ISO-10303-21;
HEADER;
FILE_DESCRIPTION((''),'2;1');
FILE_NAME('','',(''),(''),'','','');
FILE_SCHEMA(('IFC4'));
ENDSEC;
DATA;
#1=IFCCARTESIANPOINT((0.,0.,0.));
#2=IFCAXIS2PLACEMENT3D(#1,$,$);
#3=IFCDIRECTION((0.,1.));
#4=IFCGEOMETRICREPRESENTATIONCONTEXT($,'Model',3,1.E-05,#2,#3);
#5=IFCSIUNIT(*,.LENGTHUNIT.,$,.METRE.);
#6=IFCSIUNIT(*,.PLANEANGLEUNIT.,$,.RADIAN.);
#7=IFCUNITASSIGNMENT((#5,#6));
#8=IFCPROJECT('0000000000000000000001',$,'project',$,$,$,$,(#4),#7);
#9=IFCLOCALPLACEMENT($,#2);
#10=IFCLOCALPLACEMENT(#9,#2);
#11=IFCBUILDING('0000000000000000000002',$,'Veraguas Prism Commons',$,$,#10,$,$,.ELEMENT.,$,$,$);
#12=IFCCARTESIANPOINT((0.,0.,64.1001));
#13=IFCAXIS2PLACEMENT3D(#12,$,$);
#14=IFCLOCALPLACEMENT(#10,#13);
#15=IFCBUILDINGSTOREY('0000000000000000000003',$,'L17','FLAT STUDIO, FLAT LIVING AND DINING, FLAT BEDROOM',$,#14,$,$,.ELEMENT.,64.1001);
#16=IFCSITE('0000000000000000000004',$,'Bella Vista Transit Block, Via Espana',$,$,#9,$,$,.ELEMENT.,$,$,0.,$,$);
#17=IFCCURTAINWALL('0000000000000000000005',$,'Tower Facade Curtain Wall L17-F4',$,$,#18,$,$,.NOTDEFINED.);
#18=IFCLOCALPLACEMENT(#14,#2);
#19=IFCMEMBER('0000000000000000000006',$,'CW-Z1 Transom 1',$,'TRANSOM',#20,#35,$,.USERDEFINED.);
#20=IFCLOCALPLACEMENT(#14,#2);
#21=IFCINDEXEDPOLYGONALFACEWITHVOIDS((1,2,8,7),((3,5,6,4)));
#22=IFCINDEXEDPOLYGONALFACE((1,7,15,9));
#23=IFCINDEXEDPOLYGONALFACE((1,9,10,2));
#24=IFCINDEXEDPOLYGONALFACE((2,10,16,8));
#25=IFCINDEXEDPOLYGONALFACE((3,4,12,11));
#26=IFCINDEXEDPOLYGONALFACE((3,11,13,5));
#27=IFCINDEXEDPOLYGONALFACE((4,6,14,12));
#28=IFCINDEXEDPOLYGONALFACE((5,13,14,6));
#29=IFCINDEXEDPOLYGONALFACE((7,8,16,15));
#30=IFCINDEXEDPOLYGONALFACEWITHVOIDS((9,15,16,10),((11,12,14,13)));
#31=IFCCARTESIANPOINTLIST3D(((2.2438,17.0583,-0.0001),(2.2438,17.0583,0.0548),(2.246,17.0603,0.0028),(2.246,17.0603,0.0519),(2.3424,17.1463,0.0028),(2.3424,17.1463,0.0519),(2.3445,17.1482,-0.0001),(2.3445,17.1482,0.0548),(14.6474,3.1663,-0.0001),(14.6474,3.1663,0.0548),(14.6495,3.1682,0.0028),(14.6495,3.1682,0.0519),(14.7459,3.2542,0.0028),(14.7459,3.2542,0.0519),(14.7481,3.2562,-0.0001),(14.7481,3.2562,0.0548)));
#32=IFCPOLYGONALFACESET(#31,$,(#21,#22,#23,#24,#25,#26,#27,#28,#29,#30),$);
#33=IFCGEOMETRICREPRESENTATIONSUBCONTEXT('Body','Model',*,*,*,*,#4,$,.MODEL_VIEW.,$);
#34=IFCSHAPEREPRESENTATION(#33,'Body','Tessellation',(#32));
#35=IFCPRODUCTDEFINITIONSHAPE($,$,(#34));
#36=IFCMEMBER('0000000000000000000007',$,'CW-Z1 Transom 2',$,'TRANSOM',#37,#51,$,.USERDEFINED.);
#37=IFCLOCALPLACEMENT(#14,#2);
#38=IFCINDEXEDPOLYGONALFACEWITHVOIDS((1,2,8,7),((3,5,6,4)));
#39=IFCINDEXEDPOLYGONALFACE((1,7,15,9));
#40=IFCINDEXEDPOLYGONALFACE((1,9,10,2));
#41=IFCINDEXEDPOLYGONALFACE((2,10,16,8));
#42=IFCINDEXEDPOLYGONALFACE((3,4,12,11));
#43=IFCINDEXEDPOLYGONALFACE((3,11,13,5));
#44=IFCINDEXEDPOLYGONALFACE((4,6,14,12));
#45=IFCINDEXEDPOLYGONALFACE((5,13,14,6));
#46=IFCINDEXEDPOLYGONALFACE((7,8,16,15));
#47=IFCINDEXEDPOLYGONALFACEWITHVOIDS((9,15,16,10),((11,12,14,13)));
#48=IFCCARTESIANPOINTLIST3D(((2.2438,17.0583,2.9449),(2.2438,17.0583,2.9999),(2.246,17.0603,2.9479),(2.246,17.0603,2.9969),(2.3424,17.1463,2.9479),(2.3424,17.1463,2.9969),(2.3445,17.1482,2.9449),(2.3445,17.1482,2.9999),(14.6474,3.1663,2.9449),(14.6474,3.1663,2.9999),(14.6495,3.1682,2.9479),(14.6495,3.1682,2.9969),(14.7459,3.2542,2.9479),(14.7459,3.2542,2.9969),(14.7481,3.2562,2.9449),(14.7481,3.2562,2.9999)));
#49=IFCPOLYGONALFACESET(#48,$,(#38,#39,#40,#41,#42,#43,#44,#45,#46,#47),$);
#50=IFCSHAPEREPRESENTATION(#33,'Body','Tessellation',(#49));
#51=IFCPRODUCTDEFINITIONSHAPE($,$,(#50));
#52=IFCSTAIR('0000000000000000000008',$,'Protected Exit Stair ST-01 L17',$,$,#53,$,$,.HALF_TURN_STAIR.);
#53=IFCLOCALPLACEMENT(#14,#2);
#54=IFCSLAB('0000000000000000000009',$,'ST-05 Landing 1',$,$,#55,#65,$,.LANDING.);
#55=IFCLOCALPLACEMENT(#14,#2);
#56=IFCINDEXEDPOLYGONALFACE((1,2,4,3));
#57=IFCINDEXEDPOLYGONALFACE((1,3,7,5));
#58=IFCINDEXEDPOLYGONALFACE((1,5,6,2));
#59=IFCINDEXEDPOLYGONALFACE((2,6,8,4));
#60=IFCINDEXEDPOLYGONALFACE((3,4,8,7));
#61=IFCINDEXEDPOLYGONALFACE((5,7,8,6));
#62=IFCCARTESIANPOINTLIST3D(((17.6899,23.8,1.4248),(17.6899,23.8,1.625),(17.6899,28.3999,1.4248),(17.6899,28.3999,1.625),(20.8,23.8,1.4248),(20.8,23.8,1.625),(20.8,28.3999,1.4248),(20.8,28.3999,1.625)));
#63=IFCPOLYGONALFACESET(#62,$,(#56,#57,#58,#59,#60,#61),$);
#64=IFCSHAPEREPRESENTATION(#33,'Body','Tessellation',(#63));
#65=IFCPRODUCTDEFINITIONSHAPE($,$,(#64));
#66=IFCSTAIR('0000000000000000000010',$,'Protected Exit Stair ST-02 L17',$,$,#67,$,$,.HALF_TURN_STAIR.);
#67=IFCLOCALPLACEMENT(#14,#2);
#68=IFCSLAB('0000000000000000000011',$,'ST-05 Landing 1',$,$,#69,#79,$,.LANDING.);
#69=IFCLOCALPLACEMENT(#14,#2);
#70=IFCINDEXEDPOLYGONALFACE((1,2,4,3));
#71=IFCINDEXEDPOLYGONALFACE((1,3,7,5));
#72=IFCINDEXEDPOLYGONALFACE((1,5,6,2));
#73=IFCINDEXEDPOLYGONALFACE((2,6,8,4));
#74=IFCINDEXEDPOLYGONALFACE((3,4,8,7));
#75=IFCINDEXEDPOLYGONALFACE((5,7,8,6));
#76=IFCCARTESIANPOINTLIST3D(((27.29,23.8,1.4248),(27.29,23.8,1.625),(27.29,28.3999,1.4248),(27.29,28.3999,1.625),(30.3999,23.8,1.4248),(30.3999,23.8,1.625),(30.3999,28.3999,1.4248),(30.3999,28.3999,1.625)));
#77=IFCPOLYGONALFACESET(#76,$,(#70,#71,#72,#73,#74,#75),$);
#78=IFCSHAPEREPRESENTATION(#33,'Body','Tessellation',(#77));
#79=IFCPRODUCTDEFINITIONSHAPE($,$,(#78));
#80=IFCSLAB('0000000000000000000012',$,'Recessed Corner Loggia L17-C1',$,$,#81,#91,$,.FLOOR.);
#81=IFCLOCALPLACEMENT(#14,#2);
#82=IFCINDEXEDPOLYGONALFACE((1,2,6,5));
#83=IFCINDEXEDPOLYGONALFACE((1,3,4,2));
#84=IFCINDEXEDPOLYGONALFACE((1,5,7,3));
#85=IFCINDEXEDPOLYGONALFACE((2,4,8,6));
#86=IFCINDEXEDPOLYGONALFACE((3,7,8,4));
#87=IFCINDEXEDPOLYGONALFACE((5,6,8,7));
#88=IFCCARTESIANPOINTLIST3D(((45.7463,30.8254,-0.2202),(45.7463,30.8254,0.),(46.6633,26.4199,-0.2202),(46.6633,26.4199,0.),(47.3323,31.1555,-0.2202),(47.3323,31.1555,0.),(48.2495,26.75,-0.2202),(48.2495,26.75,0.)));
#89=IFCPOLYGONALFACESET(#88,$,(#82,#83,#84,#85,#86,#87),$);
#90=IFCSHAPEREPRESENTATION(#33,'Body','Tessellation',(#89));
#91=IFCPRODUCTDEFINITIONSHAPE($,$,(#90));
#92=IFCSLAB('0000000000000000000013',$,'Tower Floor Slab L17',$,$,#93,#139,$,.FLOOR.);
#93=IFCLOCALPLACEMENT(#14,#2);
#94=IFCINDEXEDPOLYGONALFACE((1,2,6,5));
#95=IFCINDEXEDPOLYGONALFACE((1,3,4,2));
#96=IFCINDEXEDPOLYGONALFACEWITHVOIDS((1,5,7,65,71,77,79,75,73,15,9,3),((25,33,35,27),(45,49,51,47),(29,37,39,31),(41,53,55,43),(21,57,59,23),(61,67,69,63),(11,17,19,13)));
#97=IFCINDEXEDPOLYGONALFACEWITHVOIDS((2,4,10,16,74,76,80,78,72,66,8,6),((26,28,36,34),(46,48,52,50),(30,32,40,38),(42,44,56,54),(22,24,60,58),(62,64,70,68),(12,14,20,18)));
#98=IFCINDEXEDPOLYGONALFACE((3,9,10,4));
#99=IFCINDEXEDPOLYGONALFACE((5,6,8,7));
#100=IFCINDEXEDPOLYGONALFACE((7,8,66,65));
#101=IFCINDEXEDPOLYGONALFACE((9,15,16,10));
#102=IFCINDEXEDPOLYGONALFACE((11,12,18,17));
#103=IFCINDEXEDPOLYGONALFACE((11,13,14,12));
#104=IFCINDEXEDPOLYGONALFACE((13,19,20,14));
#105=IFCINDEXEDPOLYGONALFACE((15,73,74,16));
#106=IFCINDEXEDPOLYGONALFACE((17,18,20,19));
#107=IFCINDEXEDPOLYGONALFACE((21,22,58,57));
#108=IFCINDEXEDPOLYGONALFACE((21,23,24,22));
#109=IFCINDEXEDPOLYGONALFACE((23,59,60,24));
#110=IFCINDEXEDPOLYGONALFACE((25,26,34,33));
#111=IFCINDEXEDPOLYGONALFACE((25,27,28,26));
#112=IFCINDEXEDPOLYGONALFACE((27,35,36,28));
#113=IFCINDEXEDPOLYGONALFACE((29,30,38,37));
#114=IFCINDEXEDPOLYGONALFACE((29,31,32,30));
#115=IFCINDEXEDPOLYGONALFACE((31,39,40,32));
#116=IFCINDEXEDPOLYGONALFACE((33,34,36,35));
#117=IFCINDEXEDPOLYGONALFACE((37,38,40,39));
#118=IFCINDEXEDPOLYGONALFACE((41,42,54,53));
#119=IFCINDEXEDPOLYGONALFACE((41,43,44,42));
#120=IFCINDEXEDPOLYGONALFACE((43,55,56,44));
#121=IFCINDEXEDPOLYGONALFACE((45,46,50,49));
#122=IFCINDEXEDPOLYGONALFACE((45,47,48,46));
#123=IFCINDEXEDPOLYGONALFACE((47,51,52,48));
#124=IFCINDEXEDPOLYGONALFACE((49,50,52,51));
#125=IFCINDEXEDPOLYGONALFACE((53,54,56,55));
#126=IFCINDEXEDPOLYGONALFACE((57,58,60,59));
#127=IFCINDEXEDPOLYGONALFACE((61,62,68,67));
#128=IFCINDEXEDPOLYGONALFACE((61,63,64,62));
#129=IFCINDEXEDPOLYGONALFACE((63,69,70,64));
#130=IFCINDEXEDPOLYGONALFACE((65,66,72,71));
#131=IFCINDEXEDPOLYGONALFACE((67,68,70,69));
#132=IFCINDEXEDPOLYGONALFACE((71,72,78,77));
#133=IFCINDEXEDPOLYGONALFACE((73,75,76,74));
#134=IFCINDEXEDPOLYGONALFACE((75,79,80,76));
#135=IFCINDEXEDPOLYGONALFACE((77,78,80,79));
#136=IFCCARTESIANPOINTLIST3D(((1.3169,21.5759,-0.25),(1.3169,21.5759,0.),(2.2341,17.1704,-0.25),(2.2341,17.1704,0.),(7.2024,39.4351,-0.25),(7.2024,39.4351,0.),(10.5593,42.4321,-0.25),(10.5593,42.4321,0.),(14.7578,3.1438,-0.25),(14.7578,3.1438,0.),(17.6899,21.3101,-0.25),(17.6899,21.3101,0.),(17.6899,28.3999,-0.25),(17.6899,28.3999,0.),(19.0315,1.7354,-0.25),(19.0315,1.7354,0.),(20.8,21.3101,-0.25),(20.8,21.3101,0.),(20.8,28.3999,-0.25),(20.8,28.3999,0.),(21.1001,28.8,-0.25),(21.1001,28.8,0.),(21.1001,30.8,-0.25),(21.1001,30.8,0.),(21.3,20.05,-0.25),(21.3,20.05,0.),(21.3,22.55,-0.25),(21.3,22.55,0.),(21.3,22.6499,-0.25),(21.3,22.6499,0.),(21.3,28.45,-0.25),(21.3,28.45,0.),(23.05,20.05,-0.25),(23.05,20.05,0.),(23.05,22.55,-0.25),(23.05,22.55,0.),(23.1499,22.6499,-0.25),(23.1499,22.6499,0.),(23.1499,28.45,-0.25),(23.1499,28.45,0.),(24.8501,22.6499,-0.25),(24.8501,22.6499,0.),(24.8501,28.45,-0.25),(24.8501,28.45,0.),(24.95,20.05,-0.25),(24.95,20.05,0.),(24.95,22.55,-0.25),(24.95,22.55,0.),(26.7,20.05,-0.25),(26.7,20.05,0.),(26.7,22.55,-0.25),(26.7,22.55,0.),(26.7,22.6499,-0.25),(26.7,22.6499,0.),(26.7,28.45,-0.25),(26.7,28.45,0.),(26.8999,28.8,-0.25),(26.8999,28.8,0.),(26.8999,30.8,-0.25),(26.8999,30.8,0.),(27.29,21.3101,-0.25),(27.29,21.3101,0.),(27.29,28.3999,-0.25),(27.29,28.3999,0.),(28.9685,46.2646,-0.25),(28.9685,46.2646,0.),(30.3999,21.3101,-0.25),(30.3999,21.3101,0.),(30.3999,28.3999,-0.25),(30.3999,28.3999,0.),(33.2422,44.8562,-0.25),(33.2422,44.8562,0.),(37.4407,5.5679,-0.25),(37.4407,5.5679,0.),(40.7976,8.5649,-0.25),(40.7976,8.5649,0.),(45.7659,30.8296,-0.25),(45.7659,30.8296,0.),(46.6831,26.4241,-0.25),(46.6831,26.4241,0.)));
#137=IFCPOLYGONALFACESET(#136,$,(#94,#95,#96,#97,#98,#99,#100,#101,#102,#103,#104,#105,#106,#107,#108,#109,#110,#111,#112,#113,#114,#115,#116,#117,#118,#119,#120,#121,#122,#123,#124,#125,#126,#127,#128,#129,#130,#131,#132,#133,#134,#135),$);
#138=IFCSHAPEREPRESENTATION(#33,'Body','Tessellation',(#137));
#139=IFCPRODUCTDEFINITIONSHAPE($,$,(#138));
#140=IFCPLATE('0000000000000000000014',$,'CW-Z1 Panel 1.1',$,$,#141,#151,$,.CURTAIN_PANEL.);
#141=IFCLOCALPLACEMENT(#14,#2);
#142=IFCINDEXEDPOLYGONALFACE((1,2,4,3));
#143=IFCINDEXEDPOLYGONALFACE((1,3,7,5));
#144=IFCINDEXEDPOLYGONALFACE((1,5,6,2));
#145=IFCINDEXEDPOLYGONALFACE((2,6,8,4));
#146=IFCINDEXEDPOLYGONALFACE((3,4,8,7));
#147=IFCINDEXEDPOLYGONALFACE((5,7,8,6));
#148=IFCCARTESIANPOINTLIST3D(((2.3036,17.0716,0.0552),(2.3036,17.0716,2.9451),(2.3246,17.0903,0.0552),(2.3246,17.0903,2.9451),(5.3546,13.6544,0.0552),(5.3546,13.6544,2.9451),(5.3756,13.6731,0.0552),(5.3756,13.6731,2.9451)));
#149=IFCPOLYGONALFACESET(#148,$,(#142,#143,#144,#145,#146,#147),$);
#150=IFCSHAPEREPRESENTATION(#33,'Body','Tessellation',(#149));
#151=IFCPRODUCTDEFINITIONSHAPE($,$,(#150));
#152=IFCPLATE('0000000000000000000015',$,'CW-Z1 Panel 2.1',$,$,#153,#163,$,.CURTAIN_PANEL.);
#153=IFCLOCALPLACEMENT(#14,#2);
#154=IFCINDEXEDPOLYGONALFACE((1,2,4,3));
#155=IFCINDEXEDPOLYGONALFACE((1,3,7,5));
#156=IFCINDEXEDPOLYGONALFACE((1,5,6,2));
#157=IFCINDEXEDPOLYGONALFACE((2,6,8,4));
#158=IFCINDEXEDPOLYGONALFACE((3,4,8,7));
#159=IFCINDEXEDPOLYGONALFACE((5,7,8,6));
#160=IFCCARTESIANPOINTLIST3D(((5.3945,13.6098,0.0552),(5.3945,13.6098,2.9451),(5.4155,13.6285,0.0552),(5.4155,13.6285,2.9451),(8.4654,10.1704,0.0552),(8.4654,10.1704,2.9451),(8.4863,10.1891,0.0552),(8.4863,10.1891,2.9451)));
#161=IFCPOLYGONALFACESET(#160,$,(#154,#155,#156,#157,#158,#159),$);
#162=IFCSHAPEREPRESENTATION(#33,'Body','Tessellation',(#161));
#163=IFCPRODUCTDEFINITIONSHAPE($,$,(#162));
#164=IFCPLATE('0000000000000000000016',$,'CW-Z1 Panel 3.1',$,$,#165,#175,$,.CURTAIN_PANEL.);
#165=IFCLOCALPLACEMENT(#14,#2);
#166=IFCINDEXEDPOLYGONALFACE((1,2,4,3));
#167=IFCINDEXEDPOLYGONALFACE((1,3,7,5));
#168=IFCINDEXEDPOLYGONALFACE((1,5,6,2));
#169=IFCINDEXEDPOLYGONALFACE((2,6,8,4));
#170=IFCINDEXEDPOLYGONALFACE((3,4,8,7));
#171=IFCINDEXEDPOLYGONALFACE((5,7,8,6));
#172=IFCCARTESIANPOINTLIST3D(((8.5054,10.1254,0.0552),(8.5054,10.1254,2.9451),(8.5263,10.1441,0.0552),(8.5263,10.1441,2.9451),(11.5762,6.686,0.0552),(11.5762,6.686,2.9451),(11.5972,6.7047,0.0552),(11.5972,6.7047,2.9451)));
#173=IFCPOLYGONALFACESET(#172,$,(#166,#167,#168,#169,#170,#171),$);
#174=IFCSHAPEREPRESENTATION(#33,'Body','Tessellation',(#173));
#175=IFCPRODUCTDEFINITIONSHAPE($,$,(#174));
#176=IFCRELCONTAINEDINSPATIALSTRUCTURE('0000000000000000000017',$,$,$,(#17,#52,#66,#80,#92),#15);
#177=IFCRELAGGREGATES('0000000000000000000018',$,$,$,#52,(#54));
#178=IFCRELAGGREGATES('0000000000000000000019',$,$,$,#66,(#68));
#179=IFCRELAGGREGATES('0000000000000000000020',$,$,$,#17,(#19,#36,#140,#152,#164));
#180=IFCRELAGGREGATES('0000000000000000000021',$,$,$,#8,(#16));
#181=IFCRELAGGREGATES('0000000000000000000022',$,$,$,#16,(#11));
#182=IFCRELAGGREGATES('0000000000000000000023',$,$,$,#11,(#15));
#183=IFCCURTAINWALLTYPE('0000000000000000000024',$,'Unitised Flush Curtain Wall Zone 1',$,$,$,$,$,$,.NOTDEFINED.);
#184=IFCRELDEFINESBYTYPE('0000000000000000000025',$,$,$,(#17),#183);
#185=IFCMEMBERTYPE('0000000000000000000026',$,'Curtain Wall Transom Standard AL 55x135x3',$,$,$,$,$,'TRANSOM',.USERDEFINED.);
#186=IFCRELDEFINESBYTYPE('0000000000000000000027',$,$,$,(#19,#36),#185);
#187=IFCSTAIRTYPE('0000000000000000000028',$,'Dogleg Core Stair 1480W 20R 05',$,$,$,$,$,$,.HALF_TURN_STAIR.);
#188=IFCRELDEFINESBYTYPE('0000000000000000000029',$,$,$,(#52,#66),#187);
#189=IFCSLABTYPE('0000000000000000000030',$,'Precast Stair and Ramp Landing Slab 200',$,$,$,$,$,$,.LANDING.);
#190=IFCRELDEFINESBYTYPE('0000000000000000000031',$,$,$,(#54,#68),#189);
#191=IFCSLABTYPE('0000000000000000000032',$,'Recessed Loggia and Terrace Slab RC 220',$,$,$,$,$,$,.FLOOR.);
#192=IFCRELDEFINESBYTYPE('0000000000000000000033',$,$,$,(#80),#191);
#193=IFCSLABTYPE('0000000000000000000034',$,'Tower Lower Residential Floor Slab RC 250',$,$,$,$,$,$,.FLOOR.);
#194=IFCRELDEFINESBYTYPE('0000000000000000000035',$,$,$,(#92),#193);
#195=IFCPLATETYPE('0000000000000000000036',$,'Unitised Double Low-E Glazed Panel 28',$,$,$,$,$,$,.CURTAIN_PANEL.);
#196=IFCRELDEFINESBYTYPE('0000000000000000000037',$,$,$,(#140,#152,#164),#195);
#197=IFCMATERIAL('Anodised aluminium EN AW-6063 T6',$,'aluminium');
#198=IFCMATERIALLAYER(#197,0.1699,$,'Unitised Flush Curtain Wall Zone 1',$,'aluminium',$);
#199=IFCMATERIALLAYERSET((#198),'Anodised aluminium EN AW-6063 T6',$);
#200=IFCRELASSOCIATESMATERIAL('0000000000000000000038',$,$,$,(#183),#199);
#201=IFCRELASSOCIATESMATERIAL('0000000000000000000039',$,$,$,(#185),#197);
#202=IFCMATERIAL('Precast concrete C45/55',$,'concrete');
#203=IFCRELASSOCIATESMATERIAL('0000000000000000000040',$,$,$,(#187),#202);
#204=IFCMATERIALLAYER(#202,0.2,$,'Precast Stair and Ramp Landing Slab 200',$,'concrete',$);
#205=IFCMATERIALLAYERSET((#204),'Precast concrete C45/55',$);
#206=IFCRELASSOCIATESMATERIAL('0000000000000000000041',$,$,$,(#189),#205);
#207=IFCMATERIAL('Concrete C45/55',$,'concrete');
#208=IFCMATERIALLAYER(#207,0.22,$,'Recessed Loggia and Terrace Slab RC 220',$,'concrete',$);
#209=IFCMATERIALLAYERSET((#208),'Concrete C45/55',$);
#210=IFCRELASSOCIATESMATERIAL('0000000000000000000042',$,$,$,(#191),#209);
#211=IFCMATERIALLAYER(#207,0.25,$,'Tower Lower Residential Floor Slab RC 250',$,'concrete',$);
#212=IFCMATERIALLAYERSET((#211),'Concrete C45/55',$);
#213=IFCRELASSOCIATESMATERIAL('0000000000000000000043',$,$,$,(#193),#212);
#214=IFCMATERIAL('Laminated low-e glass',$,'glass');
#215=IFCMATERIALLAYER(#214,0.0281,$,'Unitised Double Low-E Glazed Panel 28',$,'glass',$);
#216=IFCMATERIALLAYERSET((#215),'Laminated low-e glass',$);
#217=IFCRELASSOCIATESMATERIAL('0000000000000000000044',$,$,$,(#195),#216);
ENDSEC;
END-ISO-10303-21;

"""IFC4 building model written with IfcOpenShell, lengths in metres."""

from ifc_helpers import new_model, si_unit, direction, frame, origin, origin_2d, place, context, subcontext, project, spatial, polyline, rectangle, hollow_rectangle, outline, extrude, source, transform, mapped, material, layer, layer_set, material_profile, profile_set, type_object, element, aggregate, save


model = new_model("IFC4")

# Units and contexts
model_context = context("Model", 3, precision=1e-05, world=origin(), true_north=direction((0.0, 1.0)))
body_context = subcontext(model_context, "Body", "Model", "MODEL_VIEW")
ifc_project = project(units=[si_unit("LENGTHUNIT", "METRE"), si_unit("PLANEANGLEUNIT", "RADIAN")], contexts=[model_context])

# Site, building, storey
site_placement = place(None, origin())
site = spatial("IfcSite", under=ifc_project, at=site_placement, Name="Bella Vista Transit Block, Via Espana", CompositionType="ELEMENT", RefElevation=0.0)
building_placement = place(site_placement, origin())
building = spatial("IfcBuilding", under=site, at=building_placement, Name="Veraguas Prism Commons", CompositionType="ELEMENT")
storey_placement = place(building_placement, frame((0.0, 0.0, 64.1001)))
storey = spatial("IfcBuildingStorey", under=building, at=storey_placement, Name="L17", Description="FLAT STUDIO, FLAT LIVING AND DINING, FLAT BEDROOM", CompositionType="ELEMENT", Elevation=64.1001)

# Curtain wall
ifc_material_1 = material(Name="Anodised aluminium EN AW-6063 T6", Category="aluminium")
ifc_layer_1 = layer(ifc_material_1, 0.1699, Name="Unitised Flush Curtain Wall Zone 1", Category="aluminium")
ifc_layer_set_1 = layer_set([ifc_layer_1], Name="Anodised aluminium EN AW-6063 T6")
curtain_wall_type = type_object("IfcCurtainWallType", Name="Unitised Flush Curtain Wall Zone 1", PredefinedType="NOTDEFINED", material=ifc_layer_set_1)
curtain_wall_1_placement = place(storey_placement, origin())
curtain_wall_1 = element("IfcCurtainWall", 1, at=curtain_wall_1_placement, inside=storey, type_object=curtain_wall_type, Name="Tower Facade Curtain Wall L17-F4", PredefinedType="NOTDEFINED")

# Members
ifc_material_profile_1 = material_profile(ifc_material_1, hollow_rectangle(XDim=0.0549, YDim=0.135, WallThickness=0.0029, at=origin_2d()), Name="AL55X135X3")
ifc_profile_set_1 = profile_set([ifc_material_profile_1], Name="Anodised aluminium EN AW-6063 T6")
member_type_1 = type_object("IfcMemberType", Name="Curtain Wall Transom Standard AL 55x135x3", ElementType="TRANSOM", PredefinedType="USERDEFINED", material=ifc_profile_set_1)
shared_shape_1 = source(origin(), body_context, "Body", "SweptSolid", [
    extrude(hollow_rectangle(XDim=0.0549, YDim=0.135, WallThickness=0.0029, at=origin_2d()), origin(), (0.0, 0.0, 1.0), 18.6235),
])
member_1_placement = place(storey_placement, frame((2.2942, 17.1033, 0.0273), z_axis=(0.666013, -0.74594, 0.0), x_axis=(0.0, 0.0, 1.0)))
member_1 = element("IfcMember", 2, at=member_1_placement, type_object=member_type_1, Name="CW-Z1 Transom 1", ObjectType="TRANSOM", PredefinedType="USERDEFINED", context=body_context, shape_type="MappedRepresentation", body=[
    mapped(shared_shape_1, transform((0.0, 0.0, 0.0), scale=1.0)),
])
member_2_placement = place(storey_placement, frame((2.2942, 17.1033, 2.9724), z_axis=(0.666013, -0.74594, 0.0), x_axis=(0.0, 0.0, 1.0)))
member_2 = element("IfcMember", 3, at=member_2_placement, type_object=member_type_1, Name="CW-Z1 Transom 2", ObjectType="TRANSOM", PredefinedType="USERDEFINED", context=body_context, shape_type="MappedRepresentation", body=[
    mapped(shared_shape_1, transform((0.0, 0.0, 0.0), scale=1.0)),
])

# Stairs, slabs
ifc_material_2 = material(Name="Precast concrete C45/55", Category="concrete")
stair_type = type_object("IfcStairType", Name="Dogleg Core Stair 1480W 20R 05", PredefinedType="HALF_TURN_STAIR", material=ifc_material_2)
stair_1_placement = place(storey_placement, origin())
stair_1 = element("IfcStair", 4, at=stair_1_placement, inside=storey, type_object=stair_type, Name="Protected Exit Stair ST-01 L17", PredefinedType="HALF_TURN_STAIR")
ifc_layer_2 = layer(ifc_material_2, 0.2, Name="Precast Stair and Ramp Landing Slab 200", Category="concrete")
ifc_layer_set_2 = layer_set([ifc_layer_2], Name="Precast concrete C45/55")
slab_type_1 = type_object("IfcSlabType", Name="Precast Stair and Ramp Landing Slab 200", PredefinedType="LANDING", material=ifc_layer_set_2)
slab_1_placement = place(storey_placement, frame((0.0, 0.0, 1.4248)))
slab_1 = element("IfcSlab", 5, at=slab_1_placement, type_object=slab_type_1, Name="ST-05 Landing 1", PredefinedType="LANDING", context=body_context, shape_type="SweptSolid", body=[
    extrude(outline(polyline([(20.8, 23.8), (20.8, 28.3999), (17.6899, 28.3999), (17.6899, 23.8), (20.8, 23.8)])), origin(), (0.0, 0.0, 1.0), 0.2002),
])
aggregate(stair_1, [slab_1])
stair_2_placement = place(storey_placement, origin())
stair_2 = element("IfcStair", 6, at=stair_2_placement, inside=storey, type_object=stair_type, Name="Protected Exit Stair ST-02 L17", PredefinedType="HALF_TURN_STAIR")
slab_2_placement = place(storey_placement, frame((0.0, 0.0, 1.4248)))
slab_2 = element("IfcSlab", 7, at=slab_2_placement, type_object=slab_type_1, Name="ST-05 Landing 1", PredefinedType="LANDING", context=body_context, shape_type="SweptSolid", body=[
    extrude(outline(polyline([(30.3999, 23.8), (30.3999, 28.3999), (27.29, 28.3999), (27.29, 23.8), (30.3999, 23.8)])), origin(), (0.0, 0.0, 1.0), 0.2002),
])
aggregate(stair_2, [slab_2])

# Slabs
ifc_material_3 = material(Name="Concrete C45/55", Category="concrete")
ifc_layer_3 = layer(ifc_material_3, 0.22, Name="Recessed Loggia and Terrace Slab RC 220", Category="concrete")
ifc_layer_set_3 = layer_set([ifc_layer_3], Name="Concrete C45/55")
slab_type_2 = type_object("IfcSlabType", Name="Recessed Loggia and Terrace Slab RC 220", PredefinedType="FLOOR", material=ifc_layer_set_3)
slab_3_placement = place(storey_placement, frame((0.0, 0.0, -0.2202)))
element("IfcSlab", 8, at=slab_3_placement, inside=storey, type_object=slab_type_2, Name="Recessed Corner Loggia L17-C1", PredefinedType="FLOOR", context=body_context, shape_type="SweptSolid", body=[
    extrude(outline(polyline([(46.6633, 26.4199), (48.2495, 26.75), (47.3323, 31.1555), (45.7463, 30.8254), (46.6633, 26.4199)])), origin(), (0.0, 0.0, 1.0), 0.2202),
])
ifc_layer_4 = layer(ifc_material_3, 0.25, Name="Tower Lower Residential Floor Slab RC 250", Category="concrete")
ifc_layer_set_4 = layer_set([ifc_layer_4], Name="Concrete C45/55")
slab_type_3 = type_object("IfcSlabType", Name="Tower Lower Residential Floor Slab RC 250", PredefinedType="FLOOR", material=ifc_layer_set_4)
slab_4_placement = place(storey_placement, frame((0.0, 0.0, -0.25)))
element("IfcSlab", 9, at=slab_4_placement, inside=storey, type_object=slab_type_3, Name="Tower Floor Slab L17", PredefinedType="FLOOR", context=body_context, shape_type="SweptSolid", body=[
    extrude(outline(polyline([(46.6831, 26.4241), (45.7659, 30.8296), (33.2422, 44.8562), (28.9685, 46.2646), (10.5593, 42.4321), (7.2024, 39.4351), (1.3169, 21.5759), (2.2341, 17.1704), (14.7578, 3.1438), (19.0315, 1.7354), (37.4407, 5.5679), (40.7976, 8.5649), (46.6831, 26.4241)]), holes=[polyline([(20.8, 21.3101), (20.8, 28.3999), (17.6899, 28.3999), (17.6899, 21.3101), (20.8, 21.3101)]), polyline([(30.3999, 21.3101), (30.3999, 28.3999), (27.29, 28.3999), (27.29, 21.3101), (30.3999, 21.3101)]), polyline([(21.3, 22.6499), (23.1499, 22.6499), (23.1499, 28.45), (21.3, 28.45), (21.3, 22.6499)]), polyline([(24.8501, 22.6499), (26.7, 22.6499), (26.7, 28.45), (24.8501, 28.45), (24.8501, 22.6499)]), polyline([(21.1001, 28.8), (26.8999, 28.8), (26.8999, 30.8), (21.1001, 30.8), (21.1001, 28.8)]), polyline([(21.3, 20.05), (23.05, 20.05), (23.05, 22.55), (21.3, 22.55), (21.3, 20.05)]), polyline([(24.95, 20.05), (26.7, 20.05), (26.7, 22.55), (24.95, 22.55), (24.95, 20.05)])]), origin(), (0.0, 0.0, 1.0), 0.25),
])

# Plates
ifc_material_4 = material(Name="Laminated low-e glass", Category="glass")
ifc_layer_5 = layer(ifc_material_4, 0.0281, Name="Unitised Double Low-E Glazed Panel 28", Category="glass")
ifc_layer_set_5 = layer_set([ifc_layer_5], Name="Laminated low-e glass")
plate_type = type_object("IfcPlateType", Name="Unitised Double Low-E Glazed Panel 28", PredefinedType="CURTAIN_PANEL", material=ifc_layer_set_5)
shared_shape_2 = source(origin(), body_context, "Body", "SweptSolid", [
    extrude(rectangle(XDim=4.5811, YDim=0.0281, at=origin_2d()), origin(), (0.0, 0.0, 1.0), 2.8899),
])
plate_1_placement = place(storey_placement, frame((3.8396, 15.3723, 0.0552), z_axis=(0.0, 0.0, 1.0), x_axis=(0.666012, -0.745941, 0.0)))
plate_1 = element("IfcPlate", 10, at=plate_1_placement, type_object=plate_type, Name="CW-Z1 Panel 1.1", PredefinedType="CURTAIN_PANEL", context=body_context, shape_type="MappedRepresentation", body=[
    mapped(shared_shape_2, transform((0.0, 0.0, 0.0), scale=1.0)),
])
shared_shape_3 = source(origin(), body_context, "Body", "SweptSolid", [
    extrude(rectangle(XDim=4.6108, YDim=0.0281, at=origin_2d()), origin(), (0.0, 0.0, 1.0), 2.8899),
])
plate_2_placement = place(storey_placement, frame((6.9404, 11.8994, 0.0552), z_axis=(0.0, 0.0, 1.0), x_axis=(0.666012, -0.745941, 0.0)))
plate_2 = element("IfcPlate", 11, at=plate_2_placement, type_object=plate_type, Name="CW-Z1 Panel 2.1", PredefinedType="CURTAIN_PANEL", context=body_context, shape_type="MappedRepresentation", body=[
    mapped(shared_shape_3, transform((0.0, 0.0, 0.0), scale=1.0)),
])
plate_3_placement = place(storey_placement, frame((10.0513, 8.415, 0.0552), z_axis=(0.0, 0.0, 1.0), x_axis=(0.666012, -0.745941, 0.0)))
plate_3 = element("IfcPlate", 12, at=plate_3_placement, type_object=plate_type, Name="CW-Z1 Panel 3.1", PredefinedType="CURTAIN_PANEL", context=body_context, shape_type="MappedRepresentation", body=[
    mapped(shared_shape_3, transform((0.0, 0.0, 0.0), scale=1.0)),
])
aggregate(curtain_wall_1, [member_1, member_2, plate_1, plate_2, plate_3])

save(model, "model.ifc")
